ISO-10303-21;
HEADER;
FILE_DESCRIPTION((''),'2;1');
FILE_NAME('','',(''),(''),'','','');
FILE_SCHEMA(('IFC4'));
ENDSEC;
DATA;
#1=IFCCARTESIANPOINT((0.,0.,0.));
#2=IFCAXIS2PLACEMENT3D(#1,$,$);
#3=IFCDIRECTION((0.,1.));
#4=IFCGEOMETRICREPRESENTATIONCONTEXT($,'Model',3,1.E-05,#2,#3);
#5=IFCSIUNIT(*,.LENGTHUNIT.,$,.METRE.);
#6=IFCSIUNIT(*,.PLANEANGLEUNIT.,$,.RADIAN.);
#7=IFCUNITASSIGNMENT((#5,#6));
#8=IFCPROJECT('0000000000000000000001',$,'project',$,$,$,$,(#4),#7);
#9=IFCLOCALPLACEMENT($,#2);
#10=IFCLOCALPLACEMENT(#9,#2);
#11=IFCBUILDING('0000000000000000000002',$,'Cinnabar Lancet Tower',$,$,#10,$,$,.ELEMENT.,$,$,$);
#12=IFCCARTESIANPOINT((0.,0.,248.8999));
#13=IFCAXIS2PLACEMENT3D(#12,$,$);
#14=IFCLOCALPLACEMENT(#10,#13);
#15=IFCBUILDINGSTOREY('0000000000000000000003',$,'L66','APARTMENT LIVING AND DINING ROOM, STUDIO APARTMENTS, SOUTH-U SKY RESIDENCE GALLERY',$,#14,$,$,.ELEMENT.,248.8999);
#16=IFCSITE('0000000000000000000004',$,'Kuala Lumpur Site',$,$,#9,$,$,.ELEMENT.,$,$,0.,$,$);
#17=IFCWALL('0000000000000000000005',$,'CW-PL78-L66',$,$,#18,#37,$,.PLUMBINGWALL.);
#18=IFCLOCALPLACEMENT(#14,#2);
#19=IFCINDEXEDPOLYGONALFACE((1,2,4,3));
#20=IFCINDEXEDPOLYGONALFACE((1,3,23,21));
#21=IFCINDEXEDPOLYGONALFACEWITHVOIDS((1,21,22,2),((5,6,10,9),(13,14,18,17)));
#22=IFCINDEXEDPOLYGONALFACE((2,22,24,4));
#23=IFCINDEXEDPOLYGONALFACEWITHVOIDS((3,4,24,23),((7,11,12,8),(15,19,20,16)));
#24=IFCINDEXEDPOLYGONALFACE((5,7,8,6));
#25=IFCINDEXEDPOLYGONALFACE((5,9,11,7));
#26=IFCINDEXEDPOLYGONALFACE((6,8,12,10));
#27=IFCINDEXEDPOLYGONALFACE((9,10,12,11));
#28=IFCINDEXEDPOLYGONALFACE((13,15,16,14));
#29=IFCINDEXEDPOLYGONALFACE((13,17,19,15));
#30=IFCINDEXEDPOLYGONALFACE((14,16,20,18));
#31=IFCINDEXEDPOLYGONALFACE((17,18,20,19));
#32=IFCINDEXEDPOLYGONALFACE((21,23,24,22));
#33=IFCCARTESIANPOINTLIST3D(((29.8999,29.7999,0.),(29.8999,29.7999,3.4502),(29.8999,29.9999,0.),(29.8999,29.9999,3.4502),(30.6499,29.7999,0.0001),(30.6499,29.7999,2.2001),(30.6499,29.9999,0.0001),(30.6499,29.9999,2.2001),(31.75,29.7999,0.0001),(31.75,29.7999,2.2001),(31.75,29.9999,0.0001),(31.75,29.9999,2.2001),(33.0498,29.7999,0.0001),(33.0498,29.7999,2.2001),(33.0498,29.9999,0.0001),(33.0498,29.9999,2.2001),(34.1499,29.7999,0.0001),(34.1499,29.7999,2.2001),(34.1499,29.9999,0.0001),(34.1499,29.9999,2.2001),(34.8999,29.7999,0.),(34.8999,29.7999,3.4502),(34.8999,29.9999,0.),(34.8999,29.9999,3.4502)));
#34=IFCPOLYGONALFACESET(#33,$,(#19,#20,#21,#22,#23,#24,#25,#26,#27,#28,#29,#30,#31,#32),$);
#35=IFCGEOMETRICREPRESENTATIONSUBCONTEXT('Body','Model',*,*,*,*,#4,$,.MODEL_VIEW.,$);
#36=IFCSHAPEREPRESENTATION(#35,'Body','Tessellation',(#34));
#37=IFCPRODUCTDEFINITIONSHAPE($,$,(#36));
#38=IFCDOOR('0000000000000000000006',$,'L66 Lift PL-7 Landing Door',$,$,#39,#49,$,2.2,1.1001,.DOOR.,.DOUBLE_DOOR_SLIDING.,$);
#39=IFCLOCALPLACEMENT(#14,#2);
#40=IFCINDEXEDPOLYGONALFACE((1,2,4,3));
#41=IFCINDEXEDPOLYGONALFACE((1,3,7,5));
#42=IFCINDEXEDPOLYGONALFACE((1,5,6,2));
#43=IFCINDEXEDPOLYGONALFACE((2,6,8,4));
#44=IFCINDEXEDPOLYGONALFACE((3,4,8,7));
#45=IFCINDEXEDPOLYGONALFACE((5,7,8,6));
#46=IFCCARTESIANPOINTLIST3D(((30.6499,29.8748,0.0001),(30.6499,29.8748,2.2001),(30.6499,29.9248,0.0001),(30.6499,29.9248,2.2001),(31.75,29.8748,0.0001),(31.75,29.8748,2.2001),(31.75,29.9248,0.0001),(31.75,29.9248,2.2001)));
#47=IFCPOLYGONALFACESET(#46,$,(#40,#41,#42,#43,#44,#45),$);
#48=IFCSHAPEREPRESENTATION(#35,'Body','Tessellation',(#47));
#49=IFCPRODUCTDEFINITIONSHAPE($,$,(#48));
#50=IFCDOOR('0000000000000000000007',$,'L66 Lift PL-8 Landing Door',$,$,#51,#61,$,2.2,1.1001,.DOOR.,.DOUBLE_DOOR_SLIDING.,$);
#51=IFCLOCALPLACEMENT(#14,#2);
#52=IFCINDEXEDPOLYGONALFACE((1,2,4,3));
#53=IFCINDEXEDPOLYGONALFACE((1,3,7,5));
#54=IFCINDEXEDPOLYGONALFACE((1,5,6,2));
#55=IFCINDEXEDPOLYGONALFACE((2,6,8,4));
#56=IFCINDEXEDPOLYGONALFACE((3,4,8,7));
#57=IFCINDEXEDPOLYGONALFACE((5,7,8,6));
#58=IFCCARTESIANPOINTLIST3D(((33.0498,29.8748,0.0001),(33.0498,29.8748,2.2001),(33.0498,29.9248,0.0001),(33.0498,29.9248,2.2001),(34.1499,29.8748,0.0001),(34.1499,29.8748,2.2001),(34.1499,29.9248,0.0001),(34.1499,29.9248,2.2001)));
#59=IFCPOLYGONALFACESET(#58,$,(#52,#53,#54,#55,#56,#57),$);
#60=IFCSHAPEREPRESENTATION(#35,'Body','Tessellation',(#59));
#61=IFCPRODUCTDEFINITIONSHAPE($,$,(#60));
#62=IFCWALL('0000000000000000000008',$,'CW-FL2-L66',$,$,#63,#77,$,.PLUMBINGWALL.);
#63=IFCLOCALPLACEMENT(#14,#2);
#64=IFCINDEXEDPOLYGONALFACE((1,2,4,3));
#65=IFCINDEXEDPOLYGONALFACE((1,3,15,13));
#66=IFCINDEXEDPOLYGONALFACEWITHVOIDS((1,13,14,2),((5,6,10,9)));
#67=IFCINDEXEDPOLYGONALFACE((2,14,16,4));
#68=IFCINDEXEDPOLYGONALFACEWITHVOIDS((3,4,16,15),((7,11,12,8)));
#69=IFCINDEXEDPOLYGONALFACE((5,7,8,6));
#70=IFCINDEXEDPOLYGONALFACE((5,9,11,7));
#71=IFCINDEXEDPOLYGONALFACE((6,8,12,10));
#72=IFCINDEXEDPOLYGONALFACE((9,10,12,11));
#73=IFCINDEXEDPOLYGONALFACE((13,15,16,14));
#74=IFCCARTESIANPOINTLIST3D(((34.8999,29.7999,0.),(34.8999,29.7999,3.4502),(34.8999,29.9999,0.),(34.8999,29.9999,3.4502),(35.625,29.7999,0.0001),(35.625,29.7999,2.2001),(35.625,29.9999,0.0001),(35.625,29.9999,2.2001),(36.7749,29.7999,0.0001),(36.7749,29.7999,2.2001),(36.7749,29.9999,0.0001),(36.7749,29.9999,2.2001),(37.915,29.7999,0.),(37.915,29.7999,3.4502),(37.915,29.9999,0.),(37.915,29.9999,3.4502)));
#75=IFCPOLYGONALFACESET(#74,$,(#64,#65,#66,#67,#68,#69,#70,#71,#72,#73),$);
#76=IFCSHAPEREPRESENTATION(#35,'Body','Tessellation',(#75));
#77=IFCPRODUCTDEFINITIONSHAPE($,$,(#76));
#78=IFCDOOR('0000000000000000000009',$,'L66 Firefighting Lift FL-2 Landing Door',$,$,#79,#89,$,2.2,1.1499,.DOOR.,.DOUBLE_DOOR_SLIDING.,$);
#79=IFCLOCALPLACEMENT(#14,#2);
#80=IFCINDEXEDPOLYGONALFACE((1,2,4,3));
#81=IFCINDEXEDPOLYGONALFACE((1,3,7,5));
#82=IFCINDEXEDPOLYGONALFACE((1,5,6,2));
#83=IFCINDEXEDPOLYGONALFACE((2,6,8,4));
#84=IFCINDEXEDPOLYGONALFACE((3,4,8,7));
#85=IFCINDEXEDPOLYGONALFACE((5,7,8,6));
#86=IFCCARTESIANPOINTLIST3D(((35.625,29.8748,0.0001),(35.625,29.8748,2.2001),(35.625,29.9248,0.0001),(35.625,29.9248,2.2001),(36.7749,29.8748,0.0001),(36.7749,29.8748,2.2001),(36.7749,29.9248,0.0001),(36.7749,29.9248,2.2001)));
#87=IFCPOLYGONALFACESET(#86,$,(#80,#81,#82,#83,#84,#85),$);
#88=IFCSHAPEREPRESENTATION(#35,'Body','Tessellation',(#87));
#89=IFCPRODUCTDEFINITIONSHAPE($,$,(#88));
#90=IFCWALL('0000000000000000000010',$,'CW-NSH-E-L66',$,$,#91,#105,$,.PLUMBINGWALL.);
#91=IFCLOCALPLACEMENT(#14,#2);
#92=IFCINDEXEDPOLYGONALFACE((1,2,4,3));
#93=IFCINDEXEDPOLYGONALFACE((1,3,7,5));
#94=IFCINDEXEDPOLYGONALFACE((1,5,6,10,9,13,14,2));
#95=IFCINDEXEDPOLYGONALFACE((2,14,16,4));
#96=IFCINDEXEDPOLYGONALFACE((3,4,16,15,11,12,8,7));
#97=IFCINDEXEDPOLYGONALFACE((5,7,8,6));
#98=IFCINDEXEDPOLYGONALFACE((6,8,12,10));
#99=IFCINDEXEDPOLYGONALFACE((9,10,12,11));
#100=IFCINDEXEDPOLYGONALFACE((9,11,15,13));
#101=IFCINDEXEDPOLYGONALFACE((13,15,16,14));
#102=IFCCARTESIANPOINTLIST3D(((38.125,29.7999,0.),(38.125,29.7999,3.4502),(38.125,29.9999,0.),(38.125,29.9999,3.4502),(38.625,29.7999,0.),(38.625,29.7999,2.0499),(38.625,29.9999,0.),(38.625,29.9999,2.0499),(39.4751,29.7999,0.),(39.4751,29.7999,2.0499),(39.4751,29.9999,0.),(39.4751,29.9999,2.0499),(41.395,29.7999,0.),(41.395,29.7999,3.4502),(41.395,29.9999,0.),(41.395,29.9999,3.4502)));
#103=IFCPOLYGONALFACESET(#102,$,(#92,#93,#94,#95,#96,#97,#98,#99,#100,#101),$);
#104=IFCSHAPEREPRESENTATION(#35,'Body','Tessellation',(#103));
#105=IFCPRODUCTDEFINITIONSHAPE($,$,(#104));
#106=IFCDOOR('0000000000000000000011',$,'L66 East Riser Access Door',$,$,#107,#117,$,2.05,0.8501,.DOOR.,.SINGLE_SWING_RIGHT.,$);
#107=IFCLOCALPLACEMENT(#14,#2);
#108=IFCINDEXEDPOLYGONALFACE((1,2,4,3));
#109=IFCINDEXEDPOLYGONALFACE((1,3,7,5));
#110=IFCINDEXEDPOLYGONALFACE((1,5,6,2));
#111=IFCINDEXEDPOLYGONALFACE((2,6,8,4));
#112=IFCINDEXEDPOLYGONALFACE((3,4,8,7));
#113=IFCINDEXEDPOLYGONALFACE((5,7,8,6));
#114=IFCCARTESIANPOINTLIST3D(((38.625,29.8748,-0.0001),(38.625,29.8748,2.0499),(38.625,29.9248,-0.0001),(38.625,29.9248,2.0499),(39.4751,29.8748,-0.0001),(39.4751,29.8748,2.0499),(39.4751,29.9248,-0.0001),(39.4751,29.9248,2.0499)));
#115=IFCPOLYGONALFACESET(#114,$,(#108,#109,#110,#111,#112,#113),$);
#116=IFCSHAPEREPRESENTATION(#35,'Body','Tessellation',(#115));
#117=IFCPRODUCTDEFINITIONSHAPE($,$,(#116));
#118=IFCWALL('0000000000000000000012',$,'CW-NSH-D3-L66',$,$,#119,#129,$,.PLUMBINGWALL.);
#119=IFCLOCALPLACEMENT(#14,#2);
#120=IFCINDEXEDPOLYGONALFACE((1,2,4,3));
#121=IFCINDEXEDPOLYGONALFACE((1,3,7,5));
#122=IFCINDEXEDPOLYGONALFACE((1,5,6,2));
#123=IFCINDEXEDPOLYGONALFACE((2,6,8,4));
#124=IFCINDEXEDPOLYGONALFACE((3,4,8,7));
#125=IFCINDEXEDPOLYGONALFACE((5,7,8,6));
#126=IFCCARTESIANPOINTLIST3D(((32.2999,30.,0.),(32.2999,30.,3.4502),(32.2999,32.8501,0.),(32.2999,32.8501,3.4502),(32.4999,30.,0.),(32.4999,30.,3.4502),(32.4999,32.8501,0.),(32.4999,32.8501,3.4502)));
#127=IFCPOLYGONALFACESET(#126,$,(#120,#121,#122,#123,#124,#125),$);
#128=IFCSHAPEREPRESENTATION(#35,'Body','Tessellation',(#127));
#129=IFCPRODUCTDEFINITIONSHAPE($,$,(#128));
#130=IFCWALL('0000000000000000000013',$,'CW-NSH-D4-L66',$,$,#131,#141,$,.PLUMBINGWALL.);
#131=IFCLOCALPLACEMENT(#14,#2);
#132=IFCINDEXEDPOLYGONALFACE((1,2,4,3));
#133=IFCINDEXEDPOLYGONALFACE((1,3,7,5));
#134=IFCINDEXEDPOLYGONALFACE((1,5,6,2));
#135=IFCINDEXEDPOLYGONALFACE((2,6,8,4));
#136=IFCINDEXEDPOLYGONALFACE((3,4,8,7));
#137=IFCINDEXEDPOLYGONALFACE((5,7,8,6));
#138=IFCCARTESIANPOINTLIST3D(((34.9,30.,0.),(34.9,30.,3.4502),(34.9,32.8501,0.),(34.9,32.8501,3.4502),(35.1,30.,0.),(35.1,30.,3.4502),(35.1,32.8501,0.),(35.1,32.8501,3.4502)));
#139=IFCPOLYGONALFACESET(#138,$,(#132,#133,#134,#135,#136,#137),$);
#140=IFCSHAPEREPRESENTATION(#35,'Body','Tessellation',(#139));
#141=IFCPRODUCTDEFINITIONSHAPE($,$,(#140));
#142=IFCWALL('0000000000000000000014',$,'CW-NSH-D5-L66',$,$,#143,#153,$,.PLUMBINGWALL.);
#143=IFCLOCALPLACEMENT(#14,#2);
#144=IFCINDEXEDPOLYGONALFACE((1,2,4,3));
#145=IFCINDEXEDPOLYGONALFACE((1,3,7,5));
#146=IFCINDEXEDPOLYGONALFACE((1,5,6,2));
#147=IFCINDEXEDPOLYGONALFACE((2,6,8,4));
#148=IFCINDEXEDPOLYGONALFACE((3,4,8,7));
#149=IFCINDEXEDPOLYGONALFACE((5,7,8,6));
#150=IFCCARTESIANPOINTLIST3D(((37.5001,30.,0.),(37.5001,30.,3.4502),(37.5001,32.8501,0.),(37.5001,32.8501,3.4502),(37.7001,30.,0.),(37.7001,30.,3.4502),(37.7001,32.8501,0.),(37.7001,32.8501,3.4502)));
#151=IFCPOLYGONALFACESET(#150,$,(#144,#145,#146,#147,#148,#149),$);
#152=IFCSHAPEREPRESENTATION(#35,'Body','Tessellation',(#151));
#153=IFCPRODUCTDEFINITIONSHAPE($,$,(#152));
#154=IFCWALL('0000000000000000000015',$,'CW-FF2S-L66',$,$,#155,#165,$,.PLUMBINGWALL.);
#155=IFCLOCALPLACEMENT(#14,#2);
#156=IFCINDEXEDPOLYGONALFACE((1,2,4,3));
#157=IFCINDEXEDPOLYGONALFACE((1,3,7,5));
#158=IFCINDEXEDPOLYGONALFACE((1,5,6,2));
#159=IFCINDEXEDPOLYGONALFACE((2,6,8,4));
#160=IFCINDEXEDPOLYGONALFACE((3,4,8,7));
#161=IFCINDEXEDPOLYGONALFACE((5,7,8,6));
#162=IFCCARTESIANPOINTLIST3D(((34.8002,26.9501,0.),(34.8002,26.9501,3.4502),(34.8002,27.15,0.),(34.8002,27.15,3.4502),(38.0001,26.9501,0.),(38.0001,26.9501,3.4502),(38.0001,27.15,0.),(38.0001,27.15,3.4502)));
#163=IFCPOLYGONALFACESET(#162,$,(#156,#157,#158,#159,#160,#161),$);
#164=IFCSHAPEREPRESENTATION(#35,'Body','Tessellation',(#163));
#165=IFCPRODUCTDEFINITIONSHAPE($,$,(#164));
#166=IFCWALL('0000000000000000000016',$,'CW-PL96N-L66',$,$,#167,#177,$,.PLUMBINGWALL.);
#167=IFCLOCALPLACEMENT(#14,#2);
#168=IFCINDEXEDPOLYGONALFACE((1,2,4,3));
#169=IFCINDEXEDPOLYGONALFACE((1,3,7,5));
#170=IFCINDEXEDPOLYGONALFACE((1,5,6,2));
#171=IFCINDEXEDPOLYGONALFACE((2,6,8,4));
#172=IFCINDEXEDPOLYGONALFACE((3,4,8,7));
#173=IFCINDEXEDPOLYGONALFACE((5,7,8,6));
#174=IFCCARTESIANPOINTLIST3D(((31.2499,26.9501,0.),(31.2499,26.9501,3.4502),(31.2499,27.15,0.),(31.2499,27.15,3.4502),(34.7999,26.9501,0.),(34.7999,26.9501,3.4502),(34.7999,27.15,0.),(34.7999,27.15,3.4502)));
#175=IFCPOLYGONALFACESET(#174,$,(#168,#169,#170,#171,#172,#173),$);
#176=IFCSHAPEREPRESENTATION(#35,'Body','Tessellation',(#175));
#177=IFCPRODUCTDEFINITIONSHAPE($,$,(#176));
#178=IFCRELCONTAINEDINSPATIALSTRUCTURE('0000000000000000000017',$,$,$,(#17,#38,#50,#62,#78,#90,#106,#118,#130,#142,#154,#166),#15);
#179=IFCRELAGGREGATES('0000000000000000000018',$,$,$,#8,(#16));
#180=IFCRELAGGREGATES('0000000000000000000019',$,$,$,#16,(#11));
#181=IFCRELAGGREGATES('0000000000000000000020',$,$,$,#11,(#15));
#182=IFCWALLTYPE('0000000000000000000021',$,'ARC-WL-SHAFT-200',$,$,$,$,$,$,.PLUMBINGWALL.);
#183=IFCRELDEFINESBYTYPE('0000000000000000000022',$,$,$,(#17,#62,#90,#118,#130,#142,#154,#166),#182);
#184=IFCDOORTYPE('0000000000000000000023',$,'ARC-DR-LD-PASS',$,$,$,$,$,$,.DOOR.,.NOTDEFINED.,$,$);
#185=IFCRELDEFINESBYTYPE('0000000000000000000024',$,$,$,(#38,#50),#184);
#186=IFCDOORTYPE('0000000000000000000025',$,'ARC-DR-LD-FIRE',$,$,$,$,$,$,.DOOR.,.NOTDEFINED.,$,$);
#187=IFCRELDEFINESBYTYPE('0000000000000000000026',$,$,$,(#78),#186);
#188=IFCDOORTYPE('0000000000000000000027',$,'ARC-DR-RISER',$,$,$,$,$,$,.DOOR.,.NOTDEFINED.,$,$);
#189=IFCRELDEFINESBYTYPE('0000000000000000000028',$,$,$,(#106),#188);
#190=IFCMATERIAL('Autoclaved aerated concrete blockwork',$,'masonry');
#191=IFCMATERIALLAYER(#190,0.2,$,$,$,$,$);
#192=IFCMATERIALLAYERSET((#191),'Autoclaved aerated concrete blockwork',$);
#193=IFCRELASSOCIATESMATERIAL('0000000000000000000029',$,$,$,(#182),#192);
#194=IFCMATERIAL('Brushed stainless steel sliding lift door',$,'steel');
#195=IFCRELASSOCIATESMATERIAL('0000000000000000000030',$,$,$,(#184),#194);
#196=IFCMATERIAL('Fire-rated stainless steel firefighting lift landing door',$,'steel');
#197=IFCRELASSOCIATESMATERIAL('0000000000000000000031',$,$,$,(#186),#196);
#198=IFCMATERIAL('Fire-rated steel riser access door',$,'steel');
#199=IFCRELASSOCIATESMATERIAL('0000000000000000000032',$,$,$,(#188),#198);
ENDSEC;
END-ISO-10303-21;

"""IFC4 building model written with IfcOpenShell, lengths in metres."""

from ifc_helpers import new_model, si_unit, direction, frame, frame_2d, origin, place, context, subcontext, project, spatial, rectangle, extrude, material, layer, layer_set, type_object, element, fill, save


model = new_model("IFC4")

# Units and contexts
model_context = context("Model", 3, precision=1e-05, world=origin(), true_north=direction((0.0, 1.0)))
body_context = subcontext(model_context, "Body", "Model", "MODEL_VIEW")
ifc_project = project(units=[si_unit("LENGTHUNIT", "METRE"), si_unit("PLANEANGLEUNIT", "RADIAN")], contexts=[model_context])

# Site, building, storey
site_placement = place(None, origin())
site = spatial("IfcSite", under=ifc_project, at=site_placement, Name="Kuala Lumpur Site", CompositionType="ELEMENT", RefElevation=0.0)
building_placement = place(site_placement, origin())
building = spatial("IfcBuilding", under=site, at=building_placement, Name="Cinnabar Lancet Tower", CompositionType="ELEMENT")
storey_placement = place(building_placement, frame((0.0, 0.0, 248.8999)))
storey = spatial("IfcBuildingStorey", under=building, at=storey_placement, Name="L66", Description="APARTMENT LIVING AND DINING ROOM, STUDIO APARTMENTS, SOUTH-U SKY RESIDENCE GALLERY", CompositionType="ELEMENT", Elevation=248.8999)

# Wall, openings, doors
ifc_material_1 = material(Name="Autoclaved aerated concrete blockwork", Category="masonry")
ifc_layer = layer(ifc_material_1, 0.2)
ifc_layer_set = layer_set([ifc_layer], Name="Autoclaved aerated concrete blockwork")
wall_type = type_object("IfcWallType", Name="ARC-WL-SHAFT-200", PredefinedType="PLUMBINGWALL", material=ifc_layer_set)
wall_1_placement = place(storey_placement, frame((29.8999, 29.8999, 0.0), z_axis=(0.0, 0.0, 1.0), x_axis=(1.0, 0.0, 0.0)))
wall_1 = element("IfcWall", 1, at=wall_1_placement, inside=storey, type_object=wall_type, Name="CW-PL78-L66", PredefinedType="PLUMBINGWALL", context=body_context, shape_type="SweptSolid", body=[
    extrude(rectangle(XDim=5.0, YDim=0.2, at=frame_2d((2.5, 0.0))), origin(), (0.0, 0.0, 1.0), 3.4502),
])
opening_1_placement = place(wall_1_placement, frame((0.75, 0.0, 0.0)))
opening_1 = element("IfcOpeningElement", 2, at=opening_1_placement, cuts=wall_1, PredefinedType="OPENING", context=body_context, shape_type="SweptSolid", body=[
    extrude(rectangle(XDim=1.1001, YDim=2.2, at=frame_2d((0.55, 1.1001))), frame((0.0, 0.1099, 0.0), z_axis=(0.0, -1.0, 0.0), x_axis=(1.0, 0.0, 0.0)), (0.0, 0.0, 1.0), 0.22),
])
opening_2_placement = place(wall_1_placement, frame((3.1499, 0.0, 0.0)))
opening_2 = element("IfcOpeningElement", 3, at=opening_2_placement, cuts=wall_1, PredefinedType="OPENING", context=body_context, shape_type="SweptSolid", body=[
    extrude(rectangle(XDim=1.1001, YDim=2.2, at=frame_2d((0.55, 1.1001))), frame((0.0, 0.1099, 0.0), z_axis=(0.0, -1.0, 0.0), x_axis=(1.0, 0.0, 0.0)), (0.0, 0.0, 1.0), 0.22),
])
ifc_material_2 = material(Name="Brushed stainless steel sliding lift door", Category="steel")
door_type_1 = type_object("IfcDoorType", Name="ARC-DR-LD-PASS", OperationType="NOTDEFINED", PredefinedType="DOOR", material=ifc_material_2)
door_1_placement = place(opening_1_placement, origin())
door_1 = element("IfcDoor", 4, at=door_1_placement, inside=storey, type_object=door_type_1, Name="L66 Lift PL-7 Landing Door", OperationType="DOUBLE_DOOR_SLIDING", OverallHeight=2.2, OverallWidth=1.1001, PredefinedType="DOOR", context=body_context, shape_type="SweptSolid", body=[
    extrude(rectangle(XDim=1.1001, YDim=2.2, at=frame_2d((0.55, 1.1001))), frame((0.0, 0.0249, 0.0), z_axis=(0.0, -1.0, 0.0), x_axis=(1.0, 0.0, 0.0)), (0.0, 0.0, 1.0), 0.05),
])
fill(opening_1, door_1)
door_2_placement = place(opening_2_placement, origin())
door_2 = element("IfcDoor", 5, at=door_2_placement, inside=storey, type_object=door_type_1, Name="L66 Lift PL-8 Landing Door", OperationType="DOUBLE_DOOR_SLIDING", OverallHeight=2.2, OverallWidth=1.1001, PredefinedType="DOOR", context=body_context, shape_type="SweptSolid", body=[
    extrude(rectangle(XDim=1.1001, YDim=2.2, at=frame_2d((0.55, 1.1001))), frame((0.0, 0.0249, 0.0), z_axis=(0.0, -1.0, 0.0), x_axis=(1.0, 0.0, 0.0)), (0.0, 0.0, 1.0), 0.05),
])
fill(opening_2, door_2)

# Walls, openings, doors
wall_2_placement = place(storey_placement, frame((34.8999, 29.8999, 0.0), z_axis=(0.0, 0.0, 1.0), x_axis=(1.0, 0.0, 0.0)))
wall_2 = element("IfcWall", 6, at=wall_2_placement, inside=storey, type_object=wall_type, Name="CW-FL2-L66", PredefinedType="PLUMBINGWALL", context=body_context, shape_type="SweptSolid", body=[
    extrude(rectangle(XDim=3.0151, YDim=0.2, at=frame_2d((1.5076, 0.0))), origin(), (0.0, 0.0, 1.0), 3.4502),
])
opening_3_placement = place(wall_2_placement, frame((0.7251, 0.0, 0.0)))
opening_3 = element("IfcOpeningElement", 7, at=opening_3_placement, cuts=wall_2, PredefinedType="OPENING", context=body_context, shape_type="SweptSolid", body=[
    extrude(rectangle(XDim=1.1499, YDim=2.2, at=frame_2d((0.575, 1.1001))), frame((0.0, 0.1099, 0.0), z_axis=(0.0, -1.0, 0.0), x_axis=(1.0, 0.0, 0.0)), (0.0, 0.0, 1.0), 0.22),
])
ifc_material_3 = material(Name="Fire-rated stainless steel firefighting lift landing door", Category="steel")
door_type_2 = type_object("IfcDoorType", Name="ARC-DR-LD-FIRE", OperationType="NOTDEFINED", PredefinedType="DOOR", material=ifc_material_3)
door_3_placement = place(opening_3_placement, origin())
door_3 = element("IfcDoor", 8, at=door_3_placement, inside=storey, type_object=door_type_2, Name="L66 Firefighting Lift FL-2 Landing Door", OperationType="DOUBLE_DOOR_SLIDING", OverallHeight=2.2, OverallWidth=1.1499, PredefinedType="DOOR", context=body_context, shape_type="SweptSolid", body=[
    extrude(rectangle(XDim=1.1499, YDim=2.2, at=frame_2d((0.575, 1.1001))), frame((0.0, 0.0249, 0.0), z_axis=(0.0, -1.0, 0.0), x_axis=(1.0, 0.0, 0.0)), (0.0, 0.0, 1.0), 0.05),
])
fill(opening_3, door_3)
wall_3_placement = place(storey_placement, frame((38.125, 29.8999, 0.0), z_axis=(0.0, 0.0, 1.0), x_axis=(1.0, 0.0, 0.0)))
wall_3 = element("IfcWall", 9, at=wall_3_placement, inside=storey, type_object=wall_type, Name="CW-NSH-E-L66", PredefinedType="PLUMBINGWALL", context=body_context, shape_type="SweptSolid", body=[
    extrude(rectangle(XDim=3.27, YDim=0.2, at=frame_2d((1.635, 0.0))), origin(), (0.0, 0.0, 1.0), 3.4502),
])
opening_4_placement = place(wall_3_placement, frame((0.5, 0.0, 0.0)))
opening_4 = element("IfcOpeningElement", 10, at=opening_4_placement, cuts=wall_3, PredefinedType="OPENING", context=body_context, shape_type="SweptSolid", body=[
    extrude(rectangle(XDim=0.8501, YDim=2.05, at=frame_2d((0.425, 1.0249))), frame((0.0, 0.1099, 0.0), z_axis=(0.0, -1.0, 0.0), x_axis=(1.0, 0.0, 0.0)), (0.0, 0.0, 1.0), 0.22),
])
ifc_material_4 = material(Name="Fire-rated steel riser access door", Category="steel")
door_type_3 = type_object("IfcDoorType", Name="ARC-DR-RISER", OperationType="NOTDEFINED", PredefinedType="DOOR", material=ifc_material_4)
door_4_placement = place(opening_4_placement, origin())
door_4 = element("IfcDoor", 11, at=door_4_placement, inside=storey, type_object=door_type_3, Name="L66 East Riser Access Door", OperationType="SINGLE_SWING_RIGHT", OverallHeight=2.05, OverallWidth=0.8501, PredefinedType="DOOR", context=body_context, shape_type="SweptSolid", body=[
    extrude(rectangle(XDim=0.8501, YDim=2.05, at=frame_2d((0.425, 1.0249))), frame((0.0, 0.0249, 0.0), z_axis=(0.0, -1.0, 0.0), x_axis=(1.0, 0.0, 0.0)), (0.0, 0.0, 1.0), 0.05),
])
fill(opening_4, door_4)

# Walls
for number, where, z_axis, x_axis, name in (
    (12, (32.3999, 30.0, 0.0), (0.0, 0.0, 1.0), (0.0, 1.0, 0.0), "CW-NSH-D3-L66"),
    (13, (35.0, 30.0, 0.0), (0.0, 0.0, 1.0), (0.0, 1.0, 0.0), "CW-NSH-D4-L66"),
    (14, (37.6001, 30.0, 0.0), (0.0, 0.0, 1.0), (0.0, 1.0, 0.0), "CW-NSH-D5-L66"),
):
    element("IfcWall", number, at=place(storey_placement, frame(where, z_axis=z_axis, x_axis=x_axis)), inside=storey, type_object=wall_type, Name=name, PredefinedType="PLUMBINGWALL", context=body_context, shape_type="SweptSolid", body=[
        extrude(rectangle(XDim=2.8501, YDim=0.2, at=frame_2d((1.425, 0.0))), origin(), (0.0, 0.0, 1.0), 3.4502),
    ])

# Walls
wall_4_placement = place(storey_placement, frame((34.8, 27.05, 0.0), z_axis=(0.0, 0.0, 1.0), x_axis=(1.0, 0.0, 0.0)))
element("IfcWall", 15, at=wall_4_placement, inside=storey, type_object=wall_type, Name="CW-FF2S-L66", PredefinedType="PLUMBINGWALL", context=body_context, shape_type="SweptSolid", body=[
    extrude(rectangle(XDim=3.2, YDim=0.2, at=frame_2d((1.6001, 0.0))), origin(), (0.0, 0.0, 1.0), 3.4502),
])
wall_5_placement = place(storey_placement, frame((31.25, 27.05, 0.0), z_axis=(0.0, 0.0, 1.0), x_axis=(1.0, 0.0, 0.0)))
element("IfcWall", 16, at=wall_5_placement, inside=storey, type_object=wall_type, Name="CW-PL96N-L66", PredefinedType="PLUMBINGWALL", context=body_context, shape_type="SweptSolid", body=[
    extrude(rectangle(XDim=3.55, YDim=0.2, at=frame_2d((1.7749, 0.0))), origin(), (0.0, 0.0, 1.0), 3.4502),
])

save(model, "model.ifc")
